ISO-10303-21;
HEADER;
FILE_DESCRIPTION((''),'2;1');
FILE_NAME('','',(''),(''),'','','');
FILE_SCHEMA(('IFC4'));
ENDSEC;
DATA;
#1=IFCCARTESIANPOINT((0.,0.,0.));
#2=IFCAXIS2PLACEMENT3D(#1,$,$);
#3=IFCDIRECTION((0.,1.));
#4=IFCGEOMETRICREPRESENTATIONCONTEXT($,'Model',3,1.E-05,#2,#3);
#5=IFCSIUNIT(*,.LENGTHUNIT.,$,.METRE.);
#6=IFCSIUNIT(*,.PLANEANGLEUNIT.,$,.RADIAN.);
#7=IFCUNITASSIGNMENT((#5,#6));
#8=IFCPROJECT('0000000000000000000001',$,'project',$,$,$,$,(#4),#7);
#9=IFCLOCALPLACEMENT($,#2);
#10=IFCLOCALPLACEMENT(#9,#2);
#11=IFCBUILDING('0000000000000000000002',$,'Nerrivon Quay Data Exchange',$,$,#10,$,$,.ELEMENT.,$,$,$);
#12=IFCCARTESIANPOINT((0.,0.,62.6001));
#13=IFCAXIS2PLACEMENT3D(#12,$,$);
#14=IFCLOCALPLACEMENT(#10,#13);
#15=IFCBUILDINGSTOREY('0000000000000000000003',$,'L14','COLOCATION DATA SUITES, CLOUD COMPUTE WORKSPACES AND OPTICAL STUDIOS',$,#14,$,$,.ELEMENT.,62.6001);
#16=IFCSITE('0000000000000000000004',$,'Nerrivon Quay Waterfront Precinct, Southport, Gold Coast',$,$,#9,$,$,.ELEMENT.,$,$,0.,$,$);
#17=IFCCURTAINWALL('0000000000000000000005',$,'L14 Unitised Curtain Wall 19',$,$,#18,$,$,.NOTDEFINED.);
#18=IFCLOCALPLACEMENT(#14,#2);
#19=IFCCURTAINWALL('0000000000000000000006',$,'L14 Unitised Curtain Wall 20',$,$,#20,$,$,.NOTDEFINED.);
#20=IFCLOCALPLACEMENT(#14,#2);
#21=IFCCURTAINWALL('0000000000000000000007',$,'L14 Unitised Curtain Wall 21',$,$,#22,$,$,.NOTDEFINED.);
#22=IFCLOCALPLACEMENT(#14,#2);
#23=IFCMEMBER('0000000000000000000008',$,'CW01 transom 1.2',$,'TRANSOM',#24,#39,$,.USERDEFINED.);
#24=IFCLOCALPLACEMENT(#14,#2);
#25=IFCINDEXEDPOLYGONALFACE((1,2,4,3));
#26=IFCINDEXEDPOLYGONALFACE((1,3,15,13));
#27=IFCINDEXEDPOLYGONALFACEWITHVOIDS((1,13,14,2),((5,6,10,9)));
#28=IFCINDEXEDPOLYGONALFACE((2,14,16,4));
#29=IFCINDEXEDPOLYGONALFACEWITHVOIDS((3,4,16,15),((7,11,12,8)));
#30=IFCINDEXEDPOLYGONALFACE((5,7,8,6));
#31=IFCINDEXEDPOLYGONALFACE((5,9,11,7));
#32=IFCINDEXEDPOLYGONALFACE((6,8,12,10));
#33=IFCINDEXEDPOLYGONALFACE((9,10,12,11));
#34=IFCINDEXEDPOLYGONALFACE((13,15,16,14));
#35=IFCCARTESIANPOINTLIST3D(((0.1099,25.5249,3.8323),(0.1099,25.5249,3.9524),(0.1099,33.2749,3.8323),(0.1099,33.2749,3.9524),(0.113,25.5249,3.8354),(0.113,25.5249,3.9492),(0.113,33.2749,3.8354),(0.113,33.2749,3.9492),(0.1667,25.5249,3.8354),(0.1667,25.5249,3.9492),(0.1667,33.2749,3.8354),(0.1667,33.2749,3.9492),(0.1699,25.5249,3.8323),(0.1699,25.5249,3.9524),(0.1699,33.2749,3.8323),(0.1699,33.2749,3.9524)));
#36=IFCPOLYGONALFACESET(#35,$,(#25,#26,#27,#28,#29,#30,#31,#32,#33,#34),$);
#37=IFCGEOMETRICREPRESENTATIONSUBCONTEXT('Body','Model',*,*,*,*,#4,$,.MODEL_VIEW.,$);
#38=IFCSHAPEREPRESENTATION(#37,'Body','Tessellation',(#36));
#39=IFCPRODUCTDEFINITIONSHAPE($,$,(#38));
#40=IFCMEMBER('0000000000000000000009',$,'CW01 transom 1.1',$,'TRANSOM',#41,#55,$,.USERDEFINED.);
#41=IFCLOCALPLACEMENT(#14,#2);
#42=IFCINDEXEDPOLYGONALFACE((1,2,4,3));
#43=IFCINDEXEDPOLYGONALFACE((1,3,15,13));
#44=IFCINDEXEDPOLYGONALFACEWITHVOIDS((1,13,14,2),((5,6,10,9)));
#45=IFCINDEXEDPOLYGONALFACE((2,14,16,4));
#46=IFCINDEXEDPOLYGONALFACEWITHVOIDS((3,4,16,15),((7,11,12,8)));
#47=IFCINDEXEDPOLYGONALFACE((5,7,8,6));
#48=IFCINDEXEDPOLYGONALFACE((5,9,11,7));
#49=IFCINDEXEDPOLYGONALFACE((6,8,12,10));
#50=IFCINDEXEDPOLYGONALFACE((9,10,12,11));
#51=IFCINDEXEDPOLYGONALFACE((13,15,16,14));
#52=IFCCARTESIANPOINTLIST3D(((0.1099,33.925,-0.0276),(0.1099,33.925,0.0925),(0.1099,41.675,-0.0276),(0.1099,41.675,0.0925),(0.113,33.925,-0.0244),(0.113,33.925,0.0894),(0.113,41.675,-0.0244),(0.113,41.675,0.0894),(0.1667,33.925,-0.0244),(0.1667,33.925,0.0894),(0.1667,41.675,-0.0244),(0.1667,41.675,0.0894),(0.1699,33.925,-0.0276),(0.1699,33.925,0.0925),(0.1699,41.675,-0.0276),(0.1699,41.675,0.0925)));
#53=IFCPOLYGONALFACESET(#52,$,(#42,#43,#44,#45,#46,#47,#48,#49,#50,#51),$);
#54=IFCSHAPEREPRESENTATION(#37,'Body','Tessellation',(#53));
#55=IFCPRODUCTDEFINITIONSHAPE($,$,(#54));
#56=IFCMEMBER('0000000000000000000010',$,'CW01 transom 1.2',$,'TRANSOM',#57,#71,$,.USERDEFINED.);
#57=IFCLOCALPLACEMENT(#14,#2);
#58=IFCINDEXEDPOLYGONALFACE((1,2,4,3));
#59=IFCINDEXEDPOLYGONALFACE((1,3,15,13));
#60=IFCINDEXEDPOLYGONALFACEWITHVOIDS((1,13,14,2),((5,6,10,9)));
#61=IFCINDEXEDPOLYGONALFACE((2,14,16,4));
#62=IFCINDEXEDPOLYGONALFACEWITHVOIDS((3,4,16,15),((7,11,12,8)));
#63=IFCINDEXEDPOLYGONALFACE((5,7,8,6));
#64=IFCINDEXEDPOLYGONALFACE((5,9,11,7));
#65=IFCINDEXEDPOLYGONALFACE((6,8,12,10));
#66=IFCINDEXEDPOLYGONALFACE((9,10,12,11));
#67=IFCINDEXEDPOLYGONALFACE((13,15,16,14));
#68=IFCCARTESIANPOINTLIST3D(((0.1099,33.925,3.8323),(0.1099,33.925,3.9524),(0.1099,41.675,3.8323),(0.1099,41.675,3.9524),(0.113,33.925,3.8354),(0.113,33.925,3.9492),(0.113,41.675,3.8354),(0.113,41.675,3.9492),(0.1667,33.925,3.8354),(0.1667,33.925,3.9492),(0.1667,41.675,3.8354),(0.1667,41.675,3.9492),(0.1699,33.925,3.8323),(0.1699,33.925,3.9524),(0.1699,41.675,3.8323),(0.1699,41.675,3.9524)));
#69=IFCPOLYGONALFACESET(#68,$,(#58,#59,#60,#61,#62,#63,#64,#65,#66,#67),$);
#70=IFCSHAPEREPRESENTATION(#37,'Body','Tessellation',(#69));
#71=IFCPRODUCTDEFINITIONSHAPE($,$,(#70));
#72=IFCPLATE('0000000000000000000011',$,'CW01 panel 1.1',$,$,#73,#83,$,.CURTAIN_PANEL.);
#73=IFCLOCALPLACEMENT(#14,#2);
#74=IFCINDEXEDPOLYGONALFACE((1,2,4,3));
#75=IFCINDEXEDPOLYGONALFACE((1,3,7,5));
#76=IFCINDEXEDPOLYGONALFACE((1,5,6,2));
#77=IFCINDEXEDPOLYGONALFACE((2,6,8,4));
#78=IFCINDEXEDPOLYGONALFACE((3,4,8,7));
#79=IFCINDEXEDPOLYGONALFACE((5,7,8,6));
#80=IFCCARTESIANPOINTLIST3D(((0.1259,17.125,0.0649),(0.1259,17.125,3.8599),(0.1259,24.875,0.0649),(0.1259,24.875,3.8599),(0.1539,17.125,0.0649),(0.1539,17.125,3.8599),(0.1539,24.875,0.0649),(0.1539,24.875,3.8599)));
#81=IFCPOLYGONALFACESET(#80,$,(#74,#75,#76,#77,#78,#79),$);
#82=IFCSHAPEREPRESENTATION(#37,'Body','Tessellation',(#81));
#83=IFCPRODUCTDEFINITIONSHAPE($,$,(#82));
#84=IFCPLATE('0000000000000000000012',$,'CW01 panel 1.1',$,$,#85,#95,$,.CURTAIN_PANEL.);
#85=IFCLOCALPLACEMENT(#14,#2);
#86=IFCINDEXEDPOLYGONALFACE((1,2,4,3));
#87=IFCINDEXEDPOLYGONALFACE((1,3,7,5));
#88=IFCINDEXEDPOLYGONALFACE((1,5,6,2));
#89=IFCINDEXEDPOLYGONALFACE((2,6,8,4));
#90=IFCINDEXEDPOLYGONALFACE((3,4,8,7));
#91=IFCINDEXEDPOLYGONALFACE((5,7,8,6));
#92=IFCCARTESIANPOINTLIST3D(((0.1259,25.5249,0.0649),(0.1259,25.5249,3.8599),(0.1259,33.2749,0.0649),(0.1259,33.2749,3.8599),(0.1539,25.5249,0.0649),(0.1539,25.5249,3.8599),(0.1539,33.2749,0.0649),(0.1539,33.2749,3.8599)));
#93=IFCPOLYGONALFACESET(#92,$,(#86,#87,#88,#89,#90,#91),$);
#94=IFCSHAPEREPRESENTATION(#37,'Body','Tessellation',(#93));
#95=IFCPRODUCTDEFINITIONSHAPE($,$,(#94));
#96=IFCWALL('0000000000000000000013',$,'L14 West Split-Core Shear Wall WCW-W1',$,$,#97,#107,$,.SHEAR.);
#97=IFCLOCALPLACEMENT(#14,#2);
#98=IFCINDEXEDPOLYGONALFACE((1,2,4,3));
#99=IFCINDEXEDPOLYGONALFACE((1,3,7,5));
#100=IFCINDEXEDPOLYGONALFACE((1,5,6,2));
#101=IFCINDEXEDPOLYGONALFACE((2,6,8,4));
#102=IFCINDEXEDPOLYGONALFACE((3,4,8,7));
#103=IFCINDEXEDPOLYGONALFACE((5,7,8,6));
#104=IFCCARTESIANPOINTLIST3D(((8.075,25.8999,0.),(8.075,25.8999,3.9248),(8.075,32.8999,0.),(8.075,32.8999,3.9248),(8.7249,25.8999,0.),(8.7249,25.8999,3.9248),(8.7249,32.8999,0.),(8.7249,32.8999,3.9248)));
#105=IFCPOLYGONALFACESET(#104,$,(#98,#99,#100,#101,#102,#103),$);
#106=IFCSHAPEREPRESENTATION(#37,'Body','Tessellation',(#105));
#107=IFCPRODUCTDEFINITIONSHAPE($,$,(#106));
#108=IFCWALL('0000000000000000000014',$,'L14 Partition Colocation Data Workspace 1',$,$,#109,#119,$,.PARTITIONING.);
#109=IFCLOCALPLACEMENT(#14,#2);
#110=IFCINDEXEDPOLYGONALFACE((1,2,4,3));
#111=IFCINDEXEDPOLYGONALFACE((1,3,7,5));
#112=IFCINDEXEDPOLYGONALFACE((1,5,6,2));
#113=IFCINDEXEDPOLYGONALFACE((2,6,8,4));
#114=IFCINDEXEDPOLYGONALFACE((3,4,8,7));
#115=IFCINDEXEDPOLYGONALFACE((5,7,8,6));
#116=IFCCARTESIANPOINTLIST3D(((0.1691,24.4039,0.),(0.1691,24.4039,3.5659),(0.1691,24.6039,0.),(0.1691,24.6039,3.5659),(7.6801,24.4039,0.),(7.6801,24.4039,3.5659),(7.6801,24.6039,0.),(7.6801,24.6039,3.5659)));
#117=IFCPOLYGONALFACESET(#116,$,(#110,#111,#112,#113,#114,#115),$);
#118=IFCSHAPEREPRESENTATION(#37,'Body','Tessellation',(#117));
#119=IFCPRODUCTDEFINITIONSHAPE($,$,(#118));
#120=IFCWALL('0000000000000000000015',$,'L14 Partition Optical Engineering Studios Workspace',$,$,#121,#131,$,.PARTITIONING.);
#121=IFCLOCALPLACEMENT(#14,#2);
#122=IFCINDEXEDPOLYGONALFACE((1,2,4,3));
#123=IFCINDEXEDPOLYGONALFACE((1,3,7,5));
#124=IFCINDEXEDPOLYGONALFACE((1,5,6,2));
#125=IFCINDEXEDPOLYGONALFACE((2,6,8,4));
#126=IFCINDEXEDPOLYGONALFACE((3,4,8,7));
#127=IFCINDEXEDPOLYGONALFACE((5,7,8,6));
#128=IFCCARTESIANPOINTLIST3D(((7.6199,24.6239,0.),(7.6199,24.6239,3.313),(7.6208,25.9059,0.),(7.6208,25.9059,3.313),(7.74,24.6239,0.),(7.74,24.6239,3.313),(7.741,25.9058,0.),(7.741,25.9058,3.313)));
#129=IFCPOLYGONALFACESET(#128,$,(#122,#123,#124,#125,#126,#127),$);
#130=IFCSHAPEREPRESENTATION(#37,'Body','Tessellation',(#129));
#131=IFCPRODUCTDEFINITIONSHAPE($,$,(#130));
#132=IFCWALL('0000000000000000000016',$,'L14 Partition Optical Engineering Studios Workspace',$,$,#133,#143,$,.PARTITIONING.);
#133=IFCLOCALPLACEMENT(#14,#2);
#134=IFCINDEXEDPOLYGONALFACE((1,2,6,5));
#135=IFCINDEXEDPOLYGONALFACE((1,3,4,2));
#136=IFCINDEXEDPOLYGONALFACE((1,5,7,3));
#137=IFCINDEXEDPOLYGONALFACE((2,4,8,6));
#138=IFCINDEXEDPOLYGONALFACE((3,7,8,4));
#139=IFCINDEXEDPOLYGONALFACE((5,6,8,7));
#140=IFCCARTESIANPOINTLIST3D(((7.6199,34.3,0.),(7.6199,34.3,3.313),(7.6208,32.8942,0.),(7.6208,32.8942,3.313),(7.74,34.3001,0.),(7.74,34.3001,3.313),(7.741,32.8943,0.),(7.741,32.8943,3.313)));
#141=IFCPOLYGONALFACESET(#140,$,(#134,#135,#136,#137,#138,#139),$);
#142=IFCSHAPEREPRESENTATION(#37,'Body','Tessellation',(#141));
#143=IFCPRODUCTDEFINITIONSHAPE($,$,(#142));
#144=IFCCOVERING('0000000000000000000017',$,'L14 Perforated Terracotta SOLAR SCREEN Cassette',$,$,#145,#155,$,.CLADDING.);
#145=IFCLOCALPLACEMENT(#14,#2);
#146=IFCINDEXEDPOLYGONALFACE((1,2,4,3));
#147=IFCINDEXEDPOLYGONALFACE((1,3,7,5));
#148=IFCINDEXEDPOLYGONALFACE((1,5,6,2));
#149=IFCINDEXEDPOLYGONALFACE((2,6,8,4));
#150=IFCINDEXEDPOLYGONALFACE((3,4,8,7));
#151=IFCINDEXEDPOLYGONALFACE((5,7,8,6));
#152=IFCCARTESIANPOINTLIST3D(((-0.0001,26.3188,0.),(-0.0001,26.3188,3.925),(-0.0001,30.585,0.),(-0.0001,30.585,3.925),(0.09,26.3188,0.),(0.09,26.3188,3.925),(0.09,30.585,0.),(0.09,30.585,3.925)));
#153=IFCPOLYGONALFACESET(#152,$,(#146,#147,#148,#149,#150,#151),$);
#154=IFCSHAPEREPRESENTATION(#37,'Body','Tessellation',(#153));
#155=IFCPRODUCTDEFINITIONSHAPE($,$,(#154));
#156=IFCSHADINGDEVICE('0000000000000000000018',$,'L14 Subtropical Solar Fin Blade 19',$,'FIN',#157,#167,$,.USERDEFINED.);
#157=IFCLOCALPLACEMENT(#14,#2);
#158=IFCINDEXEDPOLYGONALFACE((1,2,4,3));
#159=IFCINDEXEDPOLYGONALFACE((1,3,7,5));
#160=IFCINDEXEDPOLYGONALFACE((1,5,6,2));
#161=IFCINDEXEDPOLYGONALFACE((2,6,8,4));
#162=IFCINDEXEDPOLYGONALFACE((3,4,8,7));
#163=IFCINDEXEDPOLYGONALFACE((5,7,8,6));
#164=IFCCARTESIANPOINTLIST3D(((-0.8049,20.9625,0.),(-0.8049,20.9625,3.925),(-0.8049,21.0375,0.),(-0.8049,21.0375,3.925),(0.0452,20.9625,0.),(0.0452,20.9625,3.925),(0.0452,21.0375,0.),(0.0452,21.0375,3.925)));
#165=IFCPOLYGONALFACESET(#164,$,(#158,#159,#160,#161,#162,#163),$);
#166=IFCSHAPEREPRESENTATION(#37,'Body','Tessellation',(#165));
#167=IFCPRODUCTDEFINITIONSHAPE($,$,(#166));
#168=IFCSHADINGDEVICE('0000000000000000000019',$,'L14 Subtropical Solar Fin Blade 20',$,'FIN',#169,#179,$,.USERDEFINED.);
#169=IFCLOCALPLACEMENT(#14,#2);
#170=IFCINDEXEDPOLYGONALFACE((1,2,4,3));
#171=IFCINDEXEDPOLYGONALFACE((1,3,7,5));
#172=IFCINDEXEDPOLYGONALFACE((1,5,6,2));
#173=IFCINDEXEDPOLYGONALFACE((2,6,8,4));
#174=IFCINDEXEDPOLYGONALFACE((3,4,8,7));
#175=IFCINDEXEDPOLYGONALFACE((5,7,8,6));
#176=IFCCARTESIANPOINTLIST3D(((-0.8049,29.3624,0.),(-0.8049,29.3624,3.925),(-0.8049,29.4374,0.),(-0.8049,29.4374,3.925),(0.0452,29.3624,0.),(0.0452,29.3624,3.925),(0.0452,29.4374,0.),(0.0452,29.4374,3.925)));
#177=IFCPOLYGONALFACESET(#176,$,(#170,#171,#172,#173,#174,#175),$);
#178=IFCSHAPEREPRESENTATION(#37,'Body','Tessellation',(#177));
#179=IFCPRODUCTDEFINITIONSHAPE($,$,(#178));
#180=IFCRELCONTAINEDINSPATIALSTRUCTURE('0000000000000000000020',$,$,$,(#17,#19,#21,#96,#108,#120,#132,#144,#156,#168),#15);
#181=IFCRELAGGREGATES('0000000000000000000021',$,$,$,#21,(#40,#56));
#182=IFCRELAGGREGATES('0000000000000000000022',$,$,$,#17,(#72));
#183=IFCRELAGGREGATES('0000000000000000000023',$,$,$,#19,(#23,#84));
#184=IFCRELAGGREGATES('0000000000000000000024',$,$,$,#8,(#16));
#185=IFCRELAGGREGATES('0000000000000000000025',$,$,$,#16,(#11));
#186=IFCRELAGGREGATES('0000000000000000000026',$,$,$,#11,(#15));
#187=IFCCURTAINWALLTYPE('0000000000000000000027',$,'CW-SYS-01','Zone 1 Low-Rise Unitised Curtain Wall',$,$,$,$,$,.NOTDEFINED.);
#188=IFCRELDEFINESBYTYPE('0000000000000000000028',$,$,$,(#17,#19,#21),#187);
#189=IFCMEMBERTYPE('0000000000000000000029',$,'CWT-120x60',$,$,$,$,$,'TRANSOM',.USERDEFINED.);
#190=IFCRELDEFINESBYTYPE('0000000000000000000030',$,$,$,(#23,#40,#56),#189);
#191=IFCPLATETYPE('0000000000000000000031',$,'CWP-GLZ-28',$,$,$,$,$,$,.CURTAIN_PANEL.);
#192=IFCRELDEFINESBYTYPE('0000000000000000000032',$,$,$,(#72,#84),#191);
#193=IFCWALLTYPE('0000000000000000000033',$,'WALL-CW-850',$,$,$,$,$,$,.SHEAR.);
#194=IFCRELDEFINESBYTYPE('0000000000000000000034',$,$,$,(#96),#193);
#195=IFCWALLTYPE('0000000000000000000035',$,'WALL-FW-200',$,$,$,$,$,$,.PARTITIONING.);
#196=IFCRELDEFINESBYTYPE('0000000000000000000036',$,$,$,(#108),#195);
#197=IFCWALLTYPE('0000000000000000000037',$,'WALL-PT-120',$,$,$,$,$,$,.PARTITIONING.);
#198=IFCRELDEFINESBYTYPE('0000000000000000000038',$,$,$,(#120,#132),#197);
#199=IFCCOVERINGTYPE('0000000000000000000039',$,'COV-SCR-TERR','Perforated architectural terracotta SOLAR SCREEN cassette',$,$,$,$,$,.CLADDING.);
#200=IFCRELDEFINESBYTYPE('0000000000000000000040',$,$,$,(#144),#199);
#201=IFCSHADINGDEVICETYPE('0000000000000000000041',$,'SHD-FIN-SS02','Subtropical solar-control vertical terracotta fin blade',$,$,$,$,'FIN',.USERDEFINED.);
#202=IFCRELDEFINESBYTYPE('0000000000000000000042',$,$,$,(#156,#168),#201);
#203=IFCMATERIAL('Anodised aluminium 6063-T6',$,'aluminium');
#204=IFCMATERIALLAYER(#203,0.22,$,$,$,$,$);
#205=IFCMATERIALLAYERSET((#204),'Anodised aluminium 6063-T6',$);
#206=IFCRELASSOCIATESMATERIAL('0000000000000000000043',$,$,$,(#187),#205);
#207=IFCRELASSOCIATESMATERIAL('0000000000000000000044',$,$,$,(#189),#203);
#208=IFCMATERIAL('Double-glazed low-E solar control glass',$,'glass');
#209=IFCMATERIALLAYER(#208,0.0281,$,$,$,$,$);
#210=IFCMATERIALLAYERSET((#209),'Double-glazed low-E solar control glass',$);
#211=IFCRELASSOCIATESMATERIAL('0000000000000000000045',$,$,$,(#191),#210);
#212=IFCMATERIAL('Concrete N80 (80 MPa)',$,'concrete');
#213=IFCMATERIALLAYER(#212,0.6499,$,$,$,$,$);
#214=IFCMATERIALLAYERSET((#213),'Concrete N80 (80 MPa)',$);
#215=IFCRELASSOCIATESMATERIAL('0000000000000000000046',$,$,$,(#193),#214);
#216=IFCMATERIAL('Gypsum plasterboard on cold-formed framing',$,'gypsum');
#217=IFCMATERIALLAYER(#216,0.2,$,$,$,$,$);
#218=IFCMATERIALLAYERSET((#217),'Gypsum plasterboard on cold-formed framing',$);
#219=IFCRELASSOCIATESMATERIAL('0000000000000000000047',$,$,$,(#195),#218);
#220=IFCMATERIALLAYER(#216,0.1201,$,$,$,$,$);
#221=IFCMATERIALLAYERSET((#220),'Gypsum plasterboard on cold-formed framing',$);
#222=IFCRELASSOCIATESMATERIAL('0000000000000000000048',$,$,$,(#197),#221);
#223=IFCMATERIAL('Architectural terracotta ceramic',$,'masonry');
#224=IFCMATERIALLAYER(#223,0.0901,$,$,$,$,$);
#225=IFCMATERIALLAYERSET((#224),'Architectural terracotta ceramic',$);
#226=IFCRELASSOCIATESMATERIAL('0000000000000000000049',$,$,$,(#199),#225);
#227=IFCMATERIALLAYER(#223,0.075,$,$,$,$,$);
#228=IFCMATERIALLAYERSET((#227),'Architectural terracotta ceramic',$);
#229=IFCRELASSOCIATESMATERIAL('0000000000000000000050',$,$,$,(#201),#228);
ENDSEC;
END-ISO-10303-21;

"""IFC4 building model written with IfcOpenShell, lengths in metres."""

from ifc_helpers import new_model, si_unit, direction, frame, frame_2d, origin, origin_2d, place, context, subcontext, project, spatial, rectangle, hollow_rectangle, extrude, material, layer, layer_set, material_profile, profile_set, type_object, element, aggregate, save


model = new_model("IFC4")

# Units and contexts
model_context = context("Model", 3, precision=1e-05, world=origin(), true_north=direction((0.0, 1.0)))
body_context = subcontext(model_context, "Body", "Model", "MODEL_VIEW")
ifc_project = project(units=[si_unit("LENGTHUNIT", "METRE"), si_unit("PLANEANGLEUNIT", "RADIAN")], contexts=[model_context])

# Site, building, storey
site_placement = place(None, origin())
site = spatial("IfcSite", under=ifc_project, at=site_placement, Name="Nerrivon Quay Waterfront Precinct, Southport, Gold Coast", CompositionType="ELEMENT", RefElevation=0.0)
building_placement = place(site_placement, origin())
building = spatial("IfcBuilding", under=site, at=building_placement, Name="Nerrivon Quay Data Exchange", CompositionType="ELEMENT")
storey_placement = place(building_placement, frame((0.0, 0.0, 62.6001)))
storey = spatial("IfcBuildingStorey", under=building, at=storey_placement, Name="L14", Description="COLOCATION DATA SUITES, CLOUD COMPUTE WORKSPACES AND OPTICAL STUDIOS", CompositionType="ELEMENT", Elevation=62.6001)

# Shared definitions
ifc_material_1 = material(Name="Concrete N80 (80 MPa)", Category="concrete")

# Curtain wall
ifc_material_2 = material(Name="Anodised aluminium 6063-T6", Category="aluminium")
ifc_layer_1 = layer(ifc_material_2, 0.22)
ifc_layer_set_1 = layer_set([ifc_layer_1], Name="Anodised aluminium 6063-T6")
curtain_wall_type = type_object("IfcCurtainWallType", Name="CW-SYS-01", Description="Zone 1 Low-Rise Unitised Curtain Wall", PredefinedType="NOTDEFINED", material=ifc_layer_set_1)
curtain_wall_1_placement = place(storey_placement, origin())
curtain_wall_1 = element("IfcCurtainWall", 1, at=curtain_wall_1_placement, inside=storey, type_object=curtain_wall_type, Name="L14 Unitised Curtain Wall 19", PredefinedType="NOTDEFINED")

# Curtain wall
curtain_wall_2_placement = place(storey_placement, origin())
curtain_wall_2 = element("IfcCurtainWall", 2, at=curtain_wall_2_placement, inside=storey, type_object=curtain_wall_type, Name="L14 Unitised Curtain Wall 20", PredefinedType="NOTDEFINED")

# Curtain wall
curtain_wall_3_placement = place(storey_placement, origin())
curtain_wall_3 = element("IfcCurtainWall", 3, at=curtain_wall_3_placement, inside=storey, type_object=curtain_wall_type, Name="L14 Unitised Curtain Wall 21", PredefinedType="NOTDEFINED")

# Members
ifc_material_profile_1 = material_profile(ifc_material_2, hollow_rectangle(XDim=0.0601, YDim=0.1201, WallThickness=0.0032, at=origin_2d()), Name="ALU-TRAN-120x60")
ifc_profile_set_1 = profile_set([ifc_material_profile_1], Name="Anodised aluminium 6063-T6")
member_type_1 = type_object("IfcMemberType", Name="CWT-120x60", ElementType="TRANSOM", PredefinedType="USERDEFINED", material=ifc_profile_set_1)
member_1_placement = place(storey_placement, frame((0.1399, 25.5249, 3.8923), z_axis=(0.0, 1.0, 0.0), x_axis=(-1.0, 0.0, 0.0)))
member_1 = element("IfcMember", 4, at=member_1_placement, type_object=member_type_1, Name="CW01 transom 1.2", ObjectType="TRANSOM", PredefinedType="USERDEFINED", context=body_context, shape_type="SweptSolid", body=[
    extrude(hollow_rectangle(XDim=0.0601, YDim=0.1201, WallThickness=0.0032, at=origin_2d()), origin(), (0.0, 0.0, 1.0), 7.75),
])
member_2_placement = place(storey_placement, frame((0.1399, 33.925, 0.0325), z_axis=(0.0, 1.0, 0.0), x_axis=(-1.0, 0.0, 0.0)))
member_2 = element("IfcMember", 5, at=member_2_placement, type_object=member_type_1, Name="CW01 transom 1.1", ObjectType="TRANSOM", PredefinedType="USERDEFINED", context=body_context, shape_type="SweptSolid", body=[
    extrude(hollow_rectangle(XDim=0.0601, YDim=0.1201, WallThickness=0.0032, at=origin_2d()), origin(), (0.0, 0.0, 1.0), 7.75),
])
member_3_placement = place(storey_placement, frame((0.1399, 33.925, 3.8923), z_axis=(0.0, 1.0, 0.0), x_axis=(-1.0, 0.0, 0.0)))
member_3 = element("IfcMember", 6, at=member_3_placement, type_object=member_type_1, Name="CW01 transom 1.2", ObjectType="TRANSOM", PredefinedType="USERDEFINED", context=body_context, shape_type="SweptSolid", body=[
    extrude(hollow_rectangle(XDim=0.0601, YDim=0.1201, WallThickness=0.0032, at=origin_2d()), origin(), (0.0, 0.0, 1.0), 7.75),
])
aggregate(curtain_wall_3, [member_2, member_3])

# Plates
ifc_material_3 = material(Name="Double-glazed low-E solar control glass", Category="glass")
ifc_layer_2 = layer(ifc_material_3, 0.0281)
ifc_layer_set_2 = layer_set([ifc_layer_2], Name="Double-glazed low-E solar control glass")
plate_type = type_object("IfcPlateType", Name="CWP-GLZ-28", PredefinedType="CURTAIN_PANEL", material=ifc_layer_set_2)
plate_1_placement = place(storey_placement, frame((0.1399, 21.0, 0.0649), z_axis=(0.0, 0.0, 1.0), x_axis=(0.0, 1.0, 0.0)))
plate_1 = element("IfcPlate", 7, at=plate_1_placement, type_object=plate_type, Name="CW01 panel 1.1", PredefinedType="CURTAIN_PANEL", context=body_context, shape_type="SweptSolid", body=[
    extrude(rectangle(XDim=7.75, YDim=0.0281, at=origin_2d()), origin(), (0.0, 0.0, 1.0), 3.7949),
])
aggregate(curtain_wall_1, [plate_1])
plate_2_placement = place(storey_placement, frame((0.1399, 29.3999, 0.0649), z_axis=(0.0, 0.0, 1.0), x_axis=(0.0, 1.0, 0.0)))
plate_2 = element("IfcPlate", 8, at=plate_2_placement, type_object=plate_type, Name="CW01 panel 1.1", PredefinedType="CURTAIN_PANEL", context=body_context, shape_type="SweptSolid", body=[
    extrude(rectangle(XDim=7.75, YDim=0.0281, at=origin_2d()), origin(), (0.0, 0.0, 1.0), 3.7949),
])
aggregate(curtain_wall_2, [member_1, plate_2])

# Walls
ifc_layer_3 = layer(ifc_material_1, 0.6499)
ifc_layer_set_3 = layer_set([ifc_layer_3], Name="Concrete N80 (80 MPa)")
wall_type_1 = type_object("IfcWallType", Name="WALL-CW-850", PredefinedType="SHEAR", material=ifc_layer_set_3)
wall_1_placement = place(storey_placement, frame((8.3999, 25.8999, 0.0), z_axis=(0.0, 0.0, 1.0), x_axis=(0.0, 1.0, 0.0)))
element("IfcWall", 9, at=wall_1_placement, inside=storey, type_object=wall_type_1, Name="L14 West Split-Core Shear Wall WCW-W1", PredefinedType="SHEAR", context=body_context, shape_type="SweptSolid", body=[
    extrude(rectangle(XDim=7.0, YDim=0.6499, at=frame_2d((3.5, 0.0))), origin(), (0.0, 0.0, 1.0), 3.9248),
])
ifc_material_4 = material(Name="Gypsum plasterboard on cold-formed framing", Category="gypsum")
ifc_layer_4 = layer(ifc_material_4, 0.2)
ifc_layer_set_4 = layer_set([ifc_layer_4], Name="Gypsum plasterboard on cold-formed framing")
wall_type_2 = type_object("IfcWallType", Name="WALL-FW-200", PredefinedType="PARTITIONING", material=ifc_layer_set_4)
wall_2_placement = place(storey_placement, frame((7.6799, 24.5039, 0.0), z_axis=(0.0, 0.0, 1.0), x_axis=(-1.0, 0.0, 0.0)))
element("IfcWall", 10, at=wall_2_placement, inside=storey, type_object=wall_type_2, Name="L14 Partition Colocation Data Workspace 1", PredefinedType="PARTITIONING", context=body_context, shape_type="SweptSolid", body=[
    extrude(rectangle(XDim=7.511, YDim=0.2, at=frame_2d((3.7554, 0.0))), origin(), (0.0, 0.0, 1.0), 3.5659),
])
ifc_layer_5 = layer(ifc_material_4, 0.1201)
ifc_layer_set_5 = layer_set([ifc_layer_5], Name="Gypsum plasterboard on cold-formed framing")
wall_type_3 = type_object("IfcWallType", Name="WALL-PT-120", PredefinedType="PARTITIONING", material=ifc_layer_set_5)
wall_3_placement = place(storey_placement, frame((7.6799, 24.6238, 0.0), z_axis=(0.0, 0.0, 1.0), x_axis=(0.000762, 1.0, 0.0)))
element("IfcWall", 11, at=wall_3_placement, inside=storey, type_object=wall_type_3, Name="L14 Partition Optical Engineering Studios Workspace", PredefinedType="PARTITIONING", context=body_context, shape_type="SweptSolid", body=[
    extrude(rectangle(XDim=1.282, YDim=0.1201, at=frame_2d((0.6411, 0.0))), origin(), (0.0, 0.0, 1.0), 3.313),
])
wall_4_placement = place(storey_placement, frame((7.6809, 32.8943, 0.0), z_axis=(0.0, 0.0, 1.0), x_axis=(-0.000695, 1.0, 0.0)))
element("IfcWall", 12, at=wall_4_placement, inside=storey, type_object=wall_type_3, Name="L14 Partition Optical Engineering Studios Workspace", PredefinedType="PARTITIONING", context=body_context, shape_type="SweptSolid", body=[
    extrude(rectangle(XDim=1.4058, YDim=0.1201, at=frame_2d((0.7029, 0.0))), origin(), (0.0, 0.0, 1.0), 3.313),
])

# Covering
ifc_material_5 = material(Name="Architectural terracotta ceramic", Category="masonry")
ifc_layer_6 = layer(ifc_material_5, 0.0901)
ifc_layer_set_6 = layer_set([ifc_layer_6], Name="Architectural terracotta ceramic")
covering_type = type_object("IfcCoveringType", Name="COV-SCR-TERR", Description="Perforated architectural terracotta SOLAR SCREEN cassette", PredefinedType="CLADDING", material=ifc_layer_set_6)
covering_placement = place(storey_placement, frame((0.0449, 28.4519, 0.0), z_axis=(0.0, 0.0, 1.0), x_axis=(0.0, 1.0, 0.0)))
element("IfcCovering", 13, at=covering_placement, inside=storey, type_object=covering_type, Name="L14 Perforated Terracotta SOLAR SCREEN Cassette", PredefinedType="CLADDING", context=body_context, shape_type="SweptSolid", body=[
    extrude(rectangle(XDim=4.2661, YDim=0.0901, at=origin_2d()), origin(), (0.0, 0.0, 1.0), 3.925),
])

# Shading devices
ifc_layer_7 = layer(ifc_material_5, 0.075)
ifc_layer_set_7 = layer_set([ifc_layer_7], Name="Architectural terracotta ceramic")
shading_device_type_1 = type_object("IfcShadingDeviceType", Name="SHD-FIN-SS02", Description="Subtropical solar-control vertical terracotta fin blade", ElementType="FIN", PredefinedType="USERDEFINED", material=ifc_layer_set_7)
for number, where, z_axis, x_axis, name in (
    (14, (-0.3799, 21.0, 0.0), (0.0, 0.0, 1.0), (0.0, 1.0, 0.0), "L14 Subtropical Solar Fin Blade 19"),
    (15, (-0.3799, 29.3999, 0.0), (0.0, 0.0, 1.0), (0.0, 1.0, 0.0), "L14 Subtropical Solar Fin Blade 20"),
):
    element("IfcShadingDevice", number, at=place(storey_placement, frame(where, z_axis=z_axis, x_axis=x_axis)), inside=storey, type_object=shading_device_type_1, Name=name, ObjectType="FIN", PredefinedType="USERDEFINED", context=body_context, shape_type="SweptSolid", body=[
        extrude(rectangle(XDim=0.075, YDim=0.8501, at=origin_2d()), origin(), (0.0, 0.0, 1.0), 3.925),
    ])

save(model, "model.ifc")
